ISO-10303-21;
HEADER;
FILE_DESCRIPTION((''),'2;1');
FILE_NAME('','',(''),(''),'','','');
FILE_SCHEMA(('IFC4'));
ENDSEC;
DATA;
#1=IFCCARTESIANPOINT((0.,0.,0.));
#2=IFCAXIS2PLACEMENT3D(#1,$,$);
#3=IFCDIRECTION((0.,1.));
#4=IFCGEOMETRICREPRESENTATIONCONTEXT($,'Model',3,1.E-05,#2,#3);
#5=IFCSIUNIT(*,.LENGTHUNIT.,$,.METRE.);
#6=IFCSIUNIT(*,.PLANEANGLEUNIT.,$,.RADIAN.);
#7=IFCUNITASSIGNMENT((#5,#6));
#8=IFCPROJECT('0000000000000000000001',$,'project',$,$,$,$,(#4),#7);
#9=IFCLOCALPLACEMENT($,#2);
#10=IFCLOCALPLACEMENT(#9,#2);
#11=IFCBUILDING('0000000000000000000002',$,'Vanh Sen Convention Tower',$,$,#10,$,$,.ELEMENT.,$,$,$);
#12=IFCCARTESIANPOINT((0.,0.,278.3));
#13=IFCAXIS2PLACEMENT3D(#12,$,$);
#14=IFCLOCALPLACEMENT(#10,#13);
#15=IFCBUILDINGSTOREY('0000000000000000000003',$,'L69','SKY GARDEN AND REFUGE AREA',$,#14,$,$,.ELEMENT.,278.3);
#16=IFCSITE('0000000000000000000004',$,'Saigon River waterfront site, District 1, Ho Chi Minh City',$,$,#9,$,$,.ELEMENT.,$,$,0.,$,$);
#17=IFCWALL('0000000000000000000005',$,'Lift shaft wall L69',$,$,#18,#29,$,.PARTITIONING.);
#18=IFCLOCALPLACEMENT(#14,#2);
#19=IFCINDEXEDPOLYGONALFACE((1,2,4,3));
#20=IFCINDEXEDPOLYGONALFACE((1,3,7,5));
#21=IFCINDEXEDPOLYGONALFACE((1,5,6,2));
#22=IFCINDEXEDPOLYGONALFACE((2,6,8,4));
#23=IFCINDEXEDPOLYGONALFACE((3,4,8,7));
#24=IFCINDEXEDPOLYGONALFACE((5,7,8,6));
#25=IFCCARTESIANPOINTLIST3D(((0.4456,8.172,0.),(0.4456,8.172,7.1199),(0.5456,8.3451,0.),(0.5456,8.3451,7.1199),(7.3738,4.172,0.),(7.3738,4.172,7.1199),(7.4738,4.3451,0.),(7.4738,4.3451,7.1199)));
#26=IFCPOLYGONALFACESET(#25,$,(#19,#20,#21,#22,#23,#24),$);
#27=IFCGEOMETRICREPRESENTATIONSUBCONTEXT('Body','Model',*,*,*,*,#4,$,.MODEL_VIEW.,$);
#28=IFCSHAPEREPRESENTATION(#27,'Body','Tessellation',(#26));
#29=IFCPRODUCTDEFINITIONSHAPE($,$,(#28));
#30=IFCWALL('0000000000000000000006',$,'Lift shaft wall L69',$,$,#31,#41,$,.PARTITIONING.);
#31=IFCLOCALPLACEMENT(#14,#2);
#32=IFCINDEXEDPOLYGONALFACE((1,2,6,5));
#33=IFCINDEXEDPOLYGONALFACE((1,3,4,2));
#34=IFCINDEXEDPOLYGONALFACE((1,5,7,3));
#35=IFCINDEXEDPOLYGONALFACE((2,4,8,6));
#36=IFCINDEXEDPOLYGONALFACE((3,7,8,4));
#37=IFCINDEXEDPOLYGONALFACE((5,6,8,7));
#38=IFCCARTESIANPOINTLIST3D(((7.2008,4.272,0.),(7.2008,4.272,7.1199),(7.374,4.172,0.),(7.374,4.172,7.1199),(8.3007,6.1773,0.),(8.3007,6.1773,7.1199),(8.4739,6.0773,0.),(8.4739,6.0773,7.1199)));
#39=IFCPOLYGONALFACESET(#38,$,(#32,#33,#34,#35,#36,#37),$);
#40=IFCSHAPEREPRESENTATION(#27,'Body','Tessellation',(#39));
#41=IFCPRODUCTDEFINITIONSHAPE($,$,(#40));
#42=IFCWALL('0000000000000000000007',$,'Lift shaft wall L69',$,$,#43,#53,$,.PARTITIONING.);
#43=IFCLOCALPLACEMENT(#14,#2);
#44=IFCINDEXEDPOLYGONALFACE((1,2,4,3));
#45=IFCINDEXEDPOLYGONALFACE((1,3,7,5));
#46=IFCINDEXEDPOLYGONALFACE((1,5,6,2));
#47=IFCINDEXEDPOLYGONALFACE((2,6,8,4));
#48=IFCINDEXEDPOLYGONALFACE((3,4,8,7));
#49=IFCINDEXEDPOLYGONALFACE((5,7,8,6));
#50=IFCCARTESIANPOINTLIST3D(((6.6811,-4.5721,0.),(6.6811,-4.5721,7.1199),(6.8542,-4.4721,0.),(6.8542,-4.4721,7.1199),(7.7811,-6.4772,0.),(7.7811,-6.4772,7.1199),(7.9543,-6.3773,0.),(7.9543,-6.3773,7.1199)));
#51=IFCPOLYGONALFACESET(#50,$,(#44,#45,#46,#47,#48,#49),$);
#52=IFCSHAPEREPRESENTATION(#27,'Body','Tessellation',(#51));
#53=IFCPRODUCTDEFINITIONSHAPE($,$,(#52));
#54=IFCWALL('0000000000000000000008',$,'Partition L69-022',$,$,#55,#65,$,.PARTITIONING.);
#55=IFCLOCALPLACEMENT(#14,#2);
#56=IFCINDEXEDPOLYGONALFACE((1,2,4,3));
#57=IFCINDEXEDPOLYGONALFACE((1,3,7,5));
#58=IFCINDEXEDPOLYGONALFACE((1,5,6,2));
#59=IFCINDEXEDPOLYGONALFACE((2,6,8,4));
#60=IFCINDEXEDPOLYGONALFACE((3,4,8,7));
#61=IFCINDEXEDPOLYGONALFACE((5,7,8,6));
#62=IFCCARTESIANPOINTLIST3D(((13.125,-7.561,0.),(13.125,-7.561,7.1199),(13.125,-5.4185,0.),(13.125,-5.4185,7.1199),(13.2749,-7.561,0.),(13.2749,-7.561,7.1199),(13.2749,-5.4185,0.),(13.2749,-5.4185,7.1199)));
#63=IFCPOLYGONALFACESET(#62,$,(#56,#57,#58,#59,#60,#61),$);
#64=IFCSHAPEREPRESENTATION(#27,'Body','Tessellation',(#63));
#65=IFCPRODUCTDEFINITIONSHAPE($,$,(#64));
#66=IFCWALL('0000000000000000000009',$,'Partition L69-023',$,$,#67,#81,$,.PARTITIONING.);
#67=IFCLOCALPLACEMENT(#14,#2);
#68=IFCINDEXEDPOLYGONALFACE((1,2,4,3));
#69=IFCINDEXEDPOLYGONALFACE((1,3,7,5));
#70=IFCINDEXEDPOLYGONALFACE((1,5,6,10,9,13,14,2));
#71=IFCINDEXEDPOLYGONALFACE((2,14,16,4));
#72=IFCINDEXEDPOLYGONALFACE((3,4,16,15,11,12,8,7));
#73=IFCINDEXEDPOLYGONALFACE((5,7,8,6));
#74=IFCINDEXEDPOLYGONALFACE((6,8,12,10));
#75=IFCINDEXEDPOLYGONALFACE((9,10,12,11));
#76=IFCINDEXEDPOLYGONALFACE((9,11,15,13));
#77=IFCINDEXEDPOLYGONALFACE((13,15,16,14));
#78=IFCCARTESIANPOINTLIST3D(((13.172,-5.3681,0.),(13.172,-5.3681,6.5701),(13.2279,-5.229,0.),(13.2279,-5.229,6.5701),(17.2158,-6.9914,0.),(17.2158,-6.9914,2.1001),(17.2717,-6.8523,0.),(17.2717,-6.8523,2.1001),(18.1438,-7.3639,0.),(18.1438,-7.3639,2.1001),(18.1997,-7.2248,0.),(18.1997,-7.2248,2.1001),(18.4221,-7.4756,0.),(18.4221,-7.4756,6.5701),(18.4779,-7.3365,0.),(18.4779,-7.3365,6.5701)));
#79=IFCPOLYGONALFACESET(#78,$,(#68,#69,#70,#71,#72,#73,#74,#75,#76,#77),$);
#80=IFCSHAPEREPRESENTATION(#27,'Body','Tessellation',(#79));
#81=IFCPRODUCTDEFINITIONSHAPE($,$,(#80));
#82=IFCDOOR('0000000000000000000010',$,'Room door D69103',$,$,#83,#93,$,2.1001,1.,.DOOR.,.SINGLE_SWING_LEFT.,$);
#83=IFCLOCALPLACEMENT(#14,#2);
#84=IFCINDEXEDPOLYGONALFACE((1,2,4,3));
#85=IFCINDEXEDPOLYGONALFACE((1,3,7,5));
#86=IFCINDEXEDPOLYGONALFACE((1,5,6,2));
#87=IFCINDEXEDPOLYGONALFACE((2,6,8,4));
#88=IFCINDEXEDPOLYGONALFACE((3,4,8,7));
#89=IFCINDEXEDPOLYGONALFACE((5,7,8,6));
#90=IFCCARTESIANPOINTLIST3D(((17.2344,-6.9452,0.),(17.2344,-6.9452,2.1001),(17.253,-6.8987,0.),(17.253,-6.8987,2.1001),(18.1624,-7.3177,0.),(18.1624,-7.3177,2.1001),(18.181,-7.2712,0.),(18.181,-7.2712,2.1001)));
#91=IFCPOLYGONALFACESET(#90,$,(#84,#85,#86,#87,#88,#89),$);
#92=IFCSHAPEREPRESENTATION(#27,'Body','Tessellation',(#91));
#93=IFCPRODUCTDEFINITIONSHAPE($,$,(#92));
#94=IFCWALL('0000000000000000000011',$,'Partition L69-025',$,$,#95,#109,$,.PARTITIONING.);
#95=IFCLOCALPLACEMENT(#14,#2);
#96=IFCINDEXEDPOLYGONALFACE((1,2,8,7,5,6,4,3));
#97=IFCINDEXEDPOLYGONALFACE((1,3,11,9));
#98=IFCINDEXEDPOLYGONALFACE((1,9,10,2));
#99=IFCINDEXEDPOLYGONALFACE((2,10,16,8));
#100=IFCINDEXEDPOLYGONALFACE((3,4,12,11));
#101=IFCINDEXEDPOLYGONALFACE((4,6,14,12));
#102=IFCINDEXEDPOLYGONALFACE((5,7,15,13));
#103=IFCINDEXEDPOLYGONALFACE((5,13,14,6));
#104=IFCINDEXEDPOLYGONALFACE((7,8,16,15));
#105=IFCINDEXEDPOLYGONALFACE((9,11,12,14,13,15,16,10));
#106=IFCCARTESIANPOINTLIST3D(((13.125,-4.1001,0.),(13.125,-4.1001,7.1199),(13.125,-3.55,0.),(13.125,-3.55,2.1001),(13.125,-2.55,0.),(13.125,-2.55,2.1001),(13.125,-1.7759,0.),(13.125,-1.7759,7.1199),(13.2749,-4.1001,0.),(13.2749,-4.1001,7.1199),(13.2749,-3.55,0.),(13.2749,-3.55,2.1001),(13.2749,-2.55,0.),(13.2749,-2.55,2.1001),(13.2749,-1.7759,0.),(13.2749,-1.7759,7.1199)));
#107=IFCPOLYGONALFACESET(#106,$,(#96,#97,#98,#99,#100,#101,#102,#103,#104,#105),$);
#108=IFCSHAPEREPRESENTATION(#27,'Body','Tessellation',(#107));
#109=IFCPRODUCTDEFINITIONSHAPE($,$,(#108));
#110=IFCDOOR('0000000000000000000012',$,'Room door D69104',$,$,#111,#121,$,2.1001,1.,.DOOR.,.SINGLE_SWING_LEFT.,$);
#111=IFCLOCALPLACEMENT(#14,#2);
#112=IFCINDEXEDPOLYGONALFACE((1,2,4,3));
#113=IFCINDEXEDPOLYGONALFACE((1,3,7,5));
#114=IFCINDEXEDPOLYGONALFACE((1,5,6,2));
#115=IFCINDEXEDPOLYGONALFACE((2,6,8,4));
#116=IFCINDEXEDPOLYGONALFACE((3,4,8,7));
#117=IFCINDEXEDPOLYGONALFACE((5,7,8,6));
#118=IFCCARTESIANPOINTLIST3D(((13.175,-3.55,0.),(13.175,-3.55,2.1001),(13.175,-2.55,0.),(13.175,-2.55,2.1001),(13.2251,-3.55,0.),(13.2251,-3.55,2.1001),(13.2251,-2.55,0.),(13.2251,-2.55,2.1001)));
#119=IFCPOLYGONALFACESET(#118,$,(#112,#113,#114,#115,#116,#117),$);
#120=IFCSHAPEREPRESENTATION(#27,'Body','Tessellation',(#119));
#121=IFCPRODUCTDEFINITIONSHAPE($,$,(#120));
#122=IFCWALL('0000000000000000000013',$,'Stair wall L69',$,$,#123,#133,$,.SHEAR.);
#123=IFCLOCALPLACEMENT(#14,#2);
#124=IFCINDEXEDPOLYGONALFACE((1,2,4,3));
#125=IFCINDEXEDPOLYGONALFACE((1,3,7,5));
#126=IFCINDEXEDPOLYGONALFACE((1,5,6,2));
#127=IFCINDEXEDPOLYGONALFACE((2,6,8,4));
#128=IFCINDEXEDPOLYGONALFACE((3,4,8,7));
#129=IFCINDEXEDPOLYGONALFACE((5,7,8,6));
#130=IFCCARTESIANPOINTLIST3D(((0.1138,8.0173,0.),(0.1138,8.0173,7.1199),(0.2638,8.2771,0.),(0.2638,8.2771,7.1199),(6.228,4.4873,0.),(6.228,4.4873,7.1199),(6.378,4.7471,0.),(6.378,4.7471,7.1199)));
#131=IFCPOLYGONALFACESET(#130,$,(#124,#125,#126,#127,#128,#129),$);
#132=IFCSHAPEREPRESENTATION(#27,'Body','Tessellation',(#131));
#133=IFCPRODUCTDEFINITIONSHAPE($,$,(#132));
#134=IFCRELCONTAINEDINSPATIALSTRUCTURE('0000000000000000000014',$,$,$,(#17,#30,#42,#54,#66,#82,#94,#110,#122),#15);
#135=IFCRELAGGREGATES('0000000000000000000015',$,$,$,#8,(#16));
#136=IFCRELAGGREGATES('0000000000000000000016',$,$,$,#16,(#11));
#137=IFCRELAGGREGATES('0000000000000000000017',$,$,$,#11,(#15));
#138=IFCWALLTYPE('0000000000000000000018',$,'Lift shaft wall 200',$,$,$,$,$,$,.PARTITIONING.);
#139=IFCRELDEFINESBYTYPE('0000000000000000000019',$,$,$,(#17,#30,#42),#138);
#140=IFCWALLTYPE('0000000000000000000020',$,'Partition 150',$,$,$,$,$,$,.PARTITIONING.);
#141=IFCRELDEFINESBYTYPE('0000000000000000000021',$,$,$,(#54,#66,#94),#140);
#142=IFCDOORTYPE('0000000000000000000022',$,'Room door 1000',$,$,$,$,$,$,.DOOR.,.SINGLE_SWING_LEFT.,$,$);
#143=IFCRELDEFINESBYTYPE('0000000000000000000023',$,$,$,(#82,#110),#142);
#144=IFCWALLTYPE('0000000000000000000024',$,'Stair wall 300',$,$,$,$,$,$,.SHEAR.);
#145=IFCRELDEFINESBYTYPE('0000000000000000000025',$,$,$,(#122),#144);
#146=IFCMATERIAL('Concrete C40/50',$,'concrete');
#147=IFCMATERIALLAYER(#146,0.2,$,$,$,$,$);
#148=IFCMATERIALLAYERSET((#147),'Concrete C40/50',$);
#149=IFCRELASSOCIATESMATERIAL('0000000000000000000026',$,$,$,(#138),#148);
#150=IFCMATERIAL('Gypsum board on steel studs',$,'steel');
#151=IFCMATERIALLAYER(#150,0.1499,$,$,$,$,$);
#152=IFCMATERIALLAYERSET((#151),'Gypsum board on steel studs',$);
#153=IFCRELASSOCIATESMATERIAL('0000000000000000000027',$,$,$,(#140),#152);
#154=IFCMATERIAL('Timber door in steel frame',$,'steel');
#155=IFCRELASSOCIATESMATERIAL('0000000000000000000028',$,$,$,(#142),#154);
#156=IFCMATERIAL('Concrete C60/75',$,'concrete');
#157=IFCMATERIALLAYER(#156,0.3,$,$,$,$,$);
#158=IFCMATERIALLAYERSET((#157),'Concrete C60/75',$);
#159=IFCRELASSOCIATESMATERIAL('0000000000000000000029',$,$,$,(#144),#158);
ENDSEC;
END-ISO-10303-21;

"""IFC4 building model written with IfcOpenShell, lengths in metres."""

from ifc_helpers import new_model, si_unit, direction, frame, frame_2d, origin, place, context, subcontext, project, spatial, rectangle, extrude, material, layer, layer_set, type_object, element, fill, save


model = new_model("IFC4")

# Units and contexts
model_context = context("Model", 3, precision=1e-05, world=origin(), true_north=direction((0.0, 1.0)))
body_context = subcontext(model_context, "Body", "Model", "MODEL_VIEW")
ifc_project = project(units=[si_unit("LENGTHUNIT", "METRE"), si_unit("PLANEANGLEUNIT", "RADIAN")], contexts=[model_context])

# Site, building, storey
site_placement = place(None, origin())
site = spatial("IfcSite", under=ifc_project, at=site_placement, Name="Saigon River waterfront site, District 1, Ho Chi Minh City", CompositionType="ELEMENT", RefElevation=0.0)
building_placement = place(site_placement, origin())
building = spatial("IfcBuilding", under=site, at=building_placement, Name="Vanh Sen Convention Tower", CompositionType="ELEMENT")
storey_placement = place(building_placement, frame((0.0, 0.0, 278.3)))
storey = spatial("IfcBuildingStorey", under=building, at=storey_placement, Name="L69", Description="SKY GARDEN AND REFUGE AREA", CompositionType="ELEMENT", Elevation=278.3)

# Shared definitions
ifc_material_1 = material(Name="Concrete C60/75", Category="concrete")

# Walls
ifc_material_2 = material(Name="Concrete C40/50", Category="concrete")
ifc_layer_1 = layer(ifc_material_2, 0.2)
ifc_layer_set_1 = layer_set([ifc_layer_1], Name="Concrete C40/50")
wall_type_1 = type_object("IfcWallType", Name="Lift shaft wall 200", PredefinedType="PARTITIONING", material=ifc_layer_set_1)
wall_1_placement = place(storey_placement, frame((7.4238, 4.2585, 0.0), z_axis=(0.0, 0.0, 1.0), x_axis=(-0.866026, 0.499999, 0.0)))
element("IfcWall", 1, at=wall_1_placement, inside=storey, type_object=wall_type_1, Name="Lift shaft wall L69", PredefinedType="PARTITIONING", context=body_context, shape_type="SweptSolid", body=[
    extrude(rectangle(XDim=8.0, YDim=0.2, at=frame_2d((4.0, 0.0))), origin(), (0.0, 0.0, 1.0), 7.1199),
])
for number, where, z_axis, x_axis, name in (
    (2, (7.2874, 4.2219, 0.0), (0.0, 0.0, 1.0), (0.499947, 0.866056, 0.0), "Lift shaft wall L69"),
    (3, (6.7676, -4.522, 0.0), (0.0, 0.0, 1.0), (0.50003, -0.866008, 0.0), "Lift shaft wall L69"),
):
    element("IfcWall", number, at=place(storey_placement, frame(where, z_axis=z_axis, x_axis=x_axis)), inside=storey, type_object=wall_type_1, Name=name, PredefinedType="PARTITIONING", context=body_context, shape_type="SweptSolid", body=[
        extrude(rectangle(XDim=2.2, YDim=0.2, at=frame_2d((1.1001, 0.0))), origin(), (0.0, 0.0, 1.0), 7.1199),
    ])
ifc_material_3 = material(Name="Gypsum board on steel studs", Category="steel")
ifc_layer_2 = layer(ifc_material_3, 0.1499)
ifc_layer_set_2 = layer_set([ifc_layer_2], Name="Gypsum board on steel studs")
wall_type_2 = type_object("IfcWallType", Name="Partition 150", PredefinedType="PARTITIONING", material=ifc_layer_set_2)
wall_2_placement = place(storey_placement, frame((13.2, -7.561, 0.0), z_axis=(0.0, 0.0, 1.0), x_axis=(0.0, 1.0, 0.0)))
element("IfcWall", 4, at=wall_2_placement, inside=storey, type_object=wall_type_2, Name="Partition L69-022", PredefinedType="PARTITIONING", context=body_context, shape_type="SweptSolid", body=[
    extrude(rectangle(XDim=2.1426, YDim=0.1499, at=frame_2d((1.0713, 0.0))), origin(), (0.0, 0.0, 1.0), 7.1199),
])

# Walls, openings, doors
wall_3_placement = place(storey_placement, frame((13.2, -5.2986, 0.0), z_axis=(0.0, 0.0, 1.0), x_axis=(0.928024, -0.372521, 0.0)))
wall_3 = element("IfcWall", 5, at=wall_3_placement, inside=storey, type_object=wall_type_2, Name="Partition L69-023", PredefinedType="PARTITIONING", context=body_context, shape_type="SweptSolid", body=[
    extrude(rectangle(XDim=5.6572, YDim=0.1499, at=frame_2d((2.8286, 0.0))), origin(), (0.0, 0.0, 1.0), 6.5701),
])
opening_1_placement = place(wall_3_placement, frame((4.3574, 0.0, 0.0)))
opening_1 = element("IfcOpeningElement", 6, at=opening_1_placement, cuts=wall_3, PredefinedType="OPENING", context=body_context, shape_type="SweptSolid", body=[
    extrude(rectangle(XDim=1.0, YDim=2.1001, at=frame_2d((0.5, 1.05))), frame((0.0, 0.085, 0.0), z_axis=(0.0, -1.0, 0.0), x_axis=(1.0, 0.0, 0.0)), (0.0, 0.0, 1.0), 0.1699),
])
ifc_material_4 = material(Name="Timber door in steel frame", Category="steel")
door_type_1 = type_object("IfcDoorType", Name="Room door 1000", OperationType="SINGLE_SWING_LEFT", PredefinedType="DOOR", material=ifc_material_4)
door_1_placement = place(opening_1_placement, origin())
door_1 = element("IfcDoor", 7, at=door_1_placement, inside=storey, type_object=door_type_1, Name="Room door D69103", OperationType="SINGLE_SWING_LEFT", OverallHeight=2.1001, OverallWidth=1.0, PredefinedType="DOOR", context=body_context, shape_type="SweptSolid", body=[
    extrude(rectangle(XDim=1.0, YDim=2.1001, at=frame_2d((0.5, 1.05))), frame((0.0, 0.0249, 0.0), z_axis=(0.0, -1.0, 0.0), x_axis=(1.0, 0.0, 0.0)), (0.0, 0.0, 1.0), 0.05),
])
fill(opening_1, door_1)
wall_4_placement = place(storey_placement, frame((13.2, -4.1001, 0.0), z_axis=(0.0, 0.0, 1.0), x_axis=(0.0, 1.0, 0.0)))
wall_4 = element("IfcWall", 8, at=wall_4_placement, inside=storey, type_object=wall_type_2, Name="Partition L69-025", PredefinedType="PARTITIONING", context=body_context, shape_type="SweptSolid", body=[
    extrude(rectangle(XDim=2.3242, YDim=0.1499, at=frame_2d((1.1621, 0.0))), origin(), (0.0, 0.0, 1.0), 7.1199),
])
opening_2_placement = place(wall_4_placement, frame((0.55, 0.0, 0.0)))
opening_2 = element("IfcOpeningElement", 9, at=opening_2_placement, cuts=wall_4, PredefinedType="OPENING", context=body_context, shape_type="SweptSolid", body=[
    extrude(rectangle(XDim=1.0, YDim=2.1001, at=frame_2d((0.5, 1.05))), frame((0.0, 0.085, 0.0), z_axis=(0.0, -1.0, 0.0), x_axis=(1.0, 0.0, 0.0)), (0.0, 0.0, 1.0), 0.1699),
])
door_2_placement = place(opening_2_placement, origin())
door_2 = element("IfcDoor", 10, at=door_2_placement, inside=storey, type_object=door_type_1, Name="Room door D69104", OperationType="SINGLE_SWING_LEFT", OverallHeight=2.1001, OverallWidth=1.0, PredefinedType="DOOR", context=body_context, shape_type="SweptSolid", body=[
    extrude(rectangle(XDim=1.0, YDim=2.1001, at=frame_2d((0.5, 1.05))), frame((0.0, 0.0249, 0.0), z_axis=(0.0, -1.0, 0.0), x_axis=(1.0, 0.0, 0.0)), (0.0, 0.0, 1.0), 0.05),
])
fill(opening_2, door_2)

# Wall
ifc_layer_3 = layer(ifc_material_1, 0.3)
ifc_layer_set_3 = layer_set([ifc_layer_3], Name="Concrete C60/75")
wall_type_3 = type_object("IfcWallType", Name="Stair wall 300", PredefinedType="SHEAR", material=ifc_layer_set_3)
wall_5_placement = place(storey_placement, frame((6.303, 4.6172, 0.0), z_axis=(0.0, 0.0, 1.0), x_axis=(-0.866028, 0.499996, 0.0)))
element("IfcWall", 11, at=wall_5_placement, inside=storey, type_object=wall_type_3, Name="Stair wall L69", PredefinedType="SHEAR", context=body_context, shape_type="SweptSolid", body=[
    extrude(rectangle(XDim=7.0601, YDim=0.3, at=frame_2d((3.53, 0.0))), origin(), (0.0, 0.0, 1.0), 7.1199),
])

save(model, "model.ifc")
